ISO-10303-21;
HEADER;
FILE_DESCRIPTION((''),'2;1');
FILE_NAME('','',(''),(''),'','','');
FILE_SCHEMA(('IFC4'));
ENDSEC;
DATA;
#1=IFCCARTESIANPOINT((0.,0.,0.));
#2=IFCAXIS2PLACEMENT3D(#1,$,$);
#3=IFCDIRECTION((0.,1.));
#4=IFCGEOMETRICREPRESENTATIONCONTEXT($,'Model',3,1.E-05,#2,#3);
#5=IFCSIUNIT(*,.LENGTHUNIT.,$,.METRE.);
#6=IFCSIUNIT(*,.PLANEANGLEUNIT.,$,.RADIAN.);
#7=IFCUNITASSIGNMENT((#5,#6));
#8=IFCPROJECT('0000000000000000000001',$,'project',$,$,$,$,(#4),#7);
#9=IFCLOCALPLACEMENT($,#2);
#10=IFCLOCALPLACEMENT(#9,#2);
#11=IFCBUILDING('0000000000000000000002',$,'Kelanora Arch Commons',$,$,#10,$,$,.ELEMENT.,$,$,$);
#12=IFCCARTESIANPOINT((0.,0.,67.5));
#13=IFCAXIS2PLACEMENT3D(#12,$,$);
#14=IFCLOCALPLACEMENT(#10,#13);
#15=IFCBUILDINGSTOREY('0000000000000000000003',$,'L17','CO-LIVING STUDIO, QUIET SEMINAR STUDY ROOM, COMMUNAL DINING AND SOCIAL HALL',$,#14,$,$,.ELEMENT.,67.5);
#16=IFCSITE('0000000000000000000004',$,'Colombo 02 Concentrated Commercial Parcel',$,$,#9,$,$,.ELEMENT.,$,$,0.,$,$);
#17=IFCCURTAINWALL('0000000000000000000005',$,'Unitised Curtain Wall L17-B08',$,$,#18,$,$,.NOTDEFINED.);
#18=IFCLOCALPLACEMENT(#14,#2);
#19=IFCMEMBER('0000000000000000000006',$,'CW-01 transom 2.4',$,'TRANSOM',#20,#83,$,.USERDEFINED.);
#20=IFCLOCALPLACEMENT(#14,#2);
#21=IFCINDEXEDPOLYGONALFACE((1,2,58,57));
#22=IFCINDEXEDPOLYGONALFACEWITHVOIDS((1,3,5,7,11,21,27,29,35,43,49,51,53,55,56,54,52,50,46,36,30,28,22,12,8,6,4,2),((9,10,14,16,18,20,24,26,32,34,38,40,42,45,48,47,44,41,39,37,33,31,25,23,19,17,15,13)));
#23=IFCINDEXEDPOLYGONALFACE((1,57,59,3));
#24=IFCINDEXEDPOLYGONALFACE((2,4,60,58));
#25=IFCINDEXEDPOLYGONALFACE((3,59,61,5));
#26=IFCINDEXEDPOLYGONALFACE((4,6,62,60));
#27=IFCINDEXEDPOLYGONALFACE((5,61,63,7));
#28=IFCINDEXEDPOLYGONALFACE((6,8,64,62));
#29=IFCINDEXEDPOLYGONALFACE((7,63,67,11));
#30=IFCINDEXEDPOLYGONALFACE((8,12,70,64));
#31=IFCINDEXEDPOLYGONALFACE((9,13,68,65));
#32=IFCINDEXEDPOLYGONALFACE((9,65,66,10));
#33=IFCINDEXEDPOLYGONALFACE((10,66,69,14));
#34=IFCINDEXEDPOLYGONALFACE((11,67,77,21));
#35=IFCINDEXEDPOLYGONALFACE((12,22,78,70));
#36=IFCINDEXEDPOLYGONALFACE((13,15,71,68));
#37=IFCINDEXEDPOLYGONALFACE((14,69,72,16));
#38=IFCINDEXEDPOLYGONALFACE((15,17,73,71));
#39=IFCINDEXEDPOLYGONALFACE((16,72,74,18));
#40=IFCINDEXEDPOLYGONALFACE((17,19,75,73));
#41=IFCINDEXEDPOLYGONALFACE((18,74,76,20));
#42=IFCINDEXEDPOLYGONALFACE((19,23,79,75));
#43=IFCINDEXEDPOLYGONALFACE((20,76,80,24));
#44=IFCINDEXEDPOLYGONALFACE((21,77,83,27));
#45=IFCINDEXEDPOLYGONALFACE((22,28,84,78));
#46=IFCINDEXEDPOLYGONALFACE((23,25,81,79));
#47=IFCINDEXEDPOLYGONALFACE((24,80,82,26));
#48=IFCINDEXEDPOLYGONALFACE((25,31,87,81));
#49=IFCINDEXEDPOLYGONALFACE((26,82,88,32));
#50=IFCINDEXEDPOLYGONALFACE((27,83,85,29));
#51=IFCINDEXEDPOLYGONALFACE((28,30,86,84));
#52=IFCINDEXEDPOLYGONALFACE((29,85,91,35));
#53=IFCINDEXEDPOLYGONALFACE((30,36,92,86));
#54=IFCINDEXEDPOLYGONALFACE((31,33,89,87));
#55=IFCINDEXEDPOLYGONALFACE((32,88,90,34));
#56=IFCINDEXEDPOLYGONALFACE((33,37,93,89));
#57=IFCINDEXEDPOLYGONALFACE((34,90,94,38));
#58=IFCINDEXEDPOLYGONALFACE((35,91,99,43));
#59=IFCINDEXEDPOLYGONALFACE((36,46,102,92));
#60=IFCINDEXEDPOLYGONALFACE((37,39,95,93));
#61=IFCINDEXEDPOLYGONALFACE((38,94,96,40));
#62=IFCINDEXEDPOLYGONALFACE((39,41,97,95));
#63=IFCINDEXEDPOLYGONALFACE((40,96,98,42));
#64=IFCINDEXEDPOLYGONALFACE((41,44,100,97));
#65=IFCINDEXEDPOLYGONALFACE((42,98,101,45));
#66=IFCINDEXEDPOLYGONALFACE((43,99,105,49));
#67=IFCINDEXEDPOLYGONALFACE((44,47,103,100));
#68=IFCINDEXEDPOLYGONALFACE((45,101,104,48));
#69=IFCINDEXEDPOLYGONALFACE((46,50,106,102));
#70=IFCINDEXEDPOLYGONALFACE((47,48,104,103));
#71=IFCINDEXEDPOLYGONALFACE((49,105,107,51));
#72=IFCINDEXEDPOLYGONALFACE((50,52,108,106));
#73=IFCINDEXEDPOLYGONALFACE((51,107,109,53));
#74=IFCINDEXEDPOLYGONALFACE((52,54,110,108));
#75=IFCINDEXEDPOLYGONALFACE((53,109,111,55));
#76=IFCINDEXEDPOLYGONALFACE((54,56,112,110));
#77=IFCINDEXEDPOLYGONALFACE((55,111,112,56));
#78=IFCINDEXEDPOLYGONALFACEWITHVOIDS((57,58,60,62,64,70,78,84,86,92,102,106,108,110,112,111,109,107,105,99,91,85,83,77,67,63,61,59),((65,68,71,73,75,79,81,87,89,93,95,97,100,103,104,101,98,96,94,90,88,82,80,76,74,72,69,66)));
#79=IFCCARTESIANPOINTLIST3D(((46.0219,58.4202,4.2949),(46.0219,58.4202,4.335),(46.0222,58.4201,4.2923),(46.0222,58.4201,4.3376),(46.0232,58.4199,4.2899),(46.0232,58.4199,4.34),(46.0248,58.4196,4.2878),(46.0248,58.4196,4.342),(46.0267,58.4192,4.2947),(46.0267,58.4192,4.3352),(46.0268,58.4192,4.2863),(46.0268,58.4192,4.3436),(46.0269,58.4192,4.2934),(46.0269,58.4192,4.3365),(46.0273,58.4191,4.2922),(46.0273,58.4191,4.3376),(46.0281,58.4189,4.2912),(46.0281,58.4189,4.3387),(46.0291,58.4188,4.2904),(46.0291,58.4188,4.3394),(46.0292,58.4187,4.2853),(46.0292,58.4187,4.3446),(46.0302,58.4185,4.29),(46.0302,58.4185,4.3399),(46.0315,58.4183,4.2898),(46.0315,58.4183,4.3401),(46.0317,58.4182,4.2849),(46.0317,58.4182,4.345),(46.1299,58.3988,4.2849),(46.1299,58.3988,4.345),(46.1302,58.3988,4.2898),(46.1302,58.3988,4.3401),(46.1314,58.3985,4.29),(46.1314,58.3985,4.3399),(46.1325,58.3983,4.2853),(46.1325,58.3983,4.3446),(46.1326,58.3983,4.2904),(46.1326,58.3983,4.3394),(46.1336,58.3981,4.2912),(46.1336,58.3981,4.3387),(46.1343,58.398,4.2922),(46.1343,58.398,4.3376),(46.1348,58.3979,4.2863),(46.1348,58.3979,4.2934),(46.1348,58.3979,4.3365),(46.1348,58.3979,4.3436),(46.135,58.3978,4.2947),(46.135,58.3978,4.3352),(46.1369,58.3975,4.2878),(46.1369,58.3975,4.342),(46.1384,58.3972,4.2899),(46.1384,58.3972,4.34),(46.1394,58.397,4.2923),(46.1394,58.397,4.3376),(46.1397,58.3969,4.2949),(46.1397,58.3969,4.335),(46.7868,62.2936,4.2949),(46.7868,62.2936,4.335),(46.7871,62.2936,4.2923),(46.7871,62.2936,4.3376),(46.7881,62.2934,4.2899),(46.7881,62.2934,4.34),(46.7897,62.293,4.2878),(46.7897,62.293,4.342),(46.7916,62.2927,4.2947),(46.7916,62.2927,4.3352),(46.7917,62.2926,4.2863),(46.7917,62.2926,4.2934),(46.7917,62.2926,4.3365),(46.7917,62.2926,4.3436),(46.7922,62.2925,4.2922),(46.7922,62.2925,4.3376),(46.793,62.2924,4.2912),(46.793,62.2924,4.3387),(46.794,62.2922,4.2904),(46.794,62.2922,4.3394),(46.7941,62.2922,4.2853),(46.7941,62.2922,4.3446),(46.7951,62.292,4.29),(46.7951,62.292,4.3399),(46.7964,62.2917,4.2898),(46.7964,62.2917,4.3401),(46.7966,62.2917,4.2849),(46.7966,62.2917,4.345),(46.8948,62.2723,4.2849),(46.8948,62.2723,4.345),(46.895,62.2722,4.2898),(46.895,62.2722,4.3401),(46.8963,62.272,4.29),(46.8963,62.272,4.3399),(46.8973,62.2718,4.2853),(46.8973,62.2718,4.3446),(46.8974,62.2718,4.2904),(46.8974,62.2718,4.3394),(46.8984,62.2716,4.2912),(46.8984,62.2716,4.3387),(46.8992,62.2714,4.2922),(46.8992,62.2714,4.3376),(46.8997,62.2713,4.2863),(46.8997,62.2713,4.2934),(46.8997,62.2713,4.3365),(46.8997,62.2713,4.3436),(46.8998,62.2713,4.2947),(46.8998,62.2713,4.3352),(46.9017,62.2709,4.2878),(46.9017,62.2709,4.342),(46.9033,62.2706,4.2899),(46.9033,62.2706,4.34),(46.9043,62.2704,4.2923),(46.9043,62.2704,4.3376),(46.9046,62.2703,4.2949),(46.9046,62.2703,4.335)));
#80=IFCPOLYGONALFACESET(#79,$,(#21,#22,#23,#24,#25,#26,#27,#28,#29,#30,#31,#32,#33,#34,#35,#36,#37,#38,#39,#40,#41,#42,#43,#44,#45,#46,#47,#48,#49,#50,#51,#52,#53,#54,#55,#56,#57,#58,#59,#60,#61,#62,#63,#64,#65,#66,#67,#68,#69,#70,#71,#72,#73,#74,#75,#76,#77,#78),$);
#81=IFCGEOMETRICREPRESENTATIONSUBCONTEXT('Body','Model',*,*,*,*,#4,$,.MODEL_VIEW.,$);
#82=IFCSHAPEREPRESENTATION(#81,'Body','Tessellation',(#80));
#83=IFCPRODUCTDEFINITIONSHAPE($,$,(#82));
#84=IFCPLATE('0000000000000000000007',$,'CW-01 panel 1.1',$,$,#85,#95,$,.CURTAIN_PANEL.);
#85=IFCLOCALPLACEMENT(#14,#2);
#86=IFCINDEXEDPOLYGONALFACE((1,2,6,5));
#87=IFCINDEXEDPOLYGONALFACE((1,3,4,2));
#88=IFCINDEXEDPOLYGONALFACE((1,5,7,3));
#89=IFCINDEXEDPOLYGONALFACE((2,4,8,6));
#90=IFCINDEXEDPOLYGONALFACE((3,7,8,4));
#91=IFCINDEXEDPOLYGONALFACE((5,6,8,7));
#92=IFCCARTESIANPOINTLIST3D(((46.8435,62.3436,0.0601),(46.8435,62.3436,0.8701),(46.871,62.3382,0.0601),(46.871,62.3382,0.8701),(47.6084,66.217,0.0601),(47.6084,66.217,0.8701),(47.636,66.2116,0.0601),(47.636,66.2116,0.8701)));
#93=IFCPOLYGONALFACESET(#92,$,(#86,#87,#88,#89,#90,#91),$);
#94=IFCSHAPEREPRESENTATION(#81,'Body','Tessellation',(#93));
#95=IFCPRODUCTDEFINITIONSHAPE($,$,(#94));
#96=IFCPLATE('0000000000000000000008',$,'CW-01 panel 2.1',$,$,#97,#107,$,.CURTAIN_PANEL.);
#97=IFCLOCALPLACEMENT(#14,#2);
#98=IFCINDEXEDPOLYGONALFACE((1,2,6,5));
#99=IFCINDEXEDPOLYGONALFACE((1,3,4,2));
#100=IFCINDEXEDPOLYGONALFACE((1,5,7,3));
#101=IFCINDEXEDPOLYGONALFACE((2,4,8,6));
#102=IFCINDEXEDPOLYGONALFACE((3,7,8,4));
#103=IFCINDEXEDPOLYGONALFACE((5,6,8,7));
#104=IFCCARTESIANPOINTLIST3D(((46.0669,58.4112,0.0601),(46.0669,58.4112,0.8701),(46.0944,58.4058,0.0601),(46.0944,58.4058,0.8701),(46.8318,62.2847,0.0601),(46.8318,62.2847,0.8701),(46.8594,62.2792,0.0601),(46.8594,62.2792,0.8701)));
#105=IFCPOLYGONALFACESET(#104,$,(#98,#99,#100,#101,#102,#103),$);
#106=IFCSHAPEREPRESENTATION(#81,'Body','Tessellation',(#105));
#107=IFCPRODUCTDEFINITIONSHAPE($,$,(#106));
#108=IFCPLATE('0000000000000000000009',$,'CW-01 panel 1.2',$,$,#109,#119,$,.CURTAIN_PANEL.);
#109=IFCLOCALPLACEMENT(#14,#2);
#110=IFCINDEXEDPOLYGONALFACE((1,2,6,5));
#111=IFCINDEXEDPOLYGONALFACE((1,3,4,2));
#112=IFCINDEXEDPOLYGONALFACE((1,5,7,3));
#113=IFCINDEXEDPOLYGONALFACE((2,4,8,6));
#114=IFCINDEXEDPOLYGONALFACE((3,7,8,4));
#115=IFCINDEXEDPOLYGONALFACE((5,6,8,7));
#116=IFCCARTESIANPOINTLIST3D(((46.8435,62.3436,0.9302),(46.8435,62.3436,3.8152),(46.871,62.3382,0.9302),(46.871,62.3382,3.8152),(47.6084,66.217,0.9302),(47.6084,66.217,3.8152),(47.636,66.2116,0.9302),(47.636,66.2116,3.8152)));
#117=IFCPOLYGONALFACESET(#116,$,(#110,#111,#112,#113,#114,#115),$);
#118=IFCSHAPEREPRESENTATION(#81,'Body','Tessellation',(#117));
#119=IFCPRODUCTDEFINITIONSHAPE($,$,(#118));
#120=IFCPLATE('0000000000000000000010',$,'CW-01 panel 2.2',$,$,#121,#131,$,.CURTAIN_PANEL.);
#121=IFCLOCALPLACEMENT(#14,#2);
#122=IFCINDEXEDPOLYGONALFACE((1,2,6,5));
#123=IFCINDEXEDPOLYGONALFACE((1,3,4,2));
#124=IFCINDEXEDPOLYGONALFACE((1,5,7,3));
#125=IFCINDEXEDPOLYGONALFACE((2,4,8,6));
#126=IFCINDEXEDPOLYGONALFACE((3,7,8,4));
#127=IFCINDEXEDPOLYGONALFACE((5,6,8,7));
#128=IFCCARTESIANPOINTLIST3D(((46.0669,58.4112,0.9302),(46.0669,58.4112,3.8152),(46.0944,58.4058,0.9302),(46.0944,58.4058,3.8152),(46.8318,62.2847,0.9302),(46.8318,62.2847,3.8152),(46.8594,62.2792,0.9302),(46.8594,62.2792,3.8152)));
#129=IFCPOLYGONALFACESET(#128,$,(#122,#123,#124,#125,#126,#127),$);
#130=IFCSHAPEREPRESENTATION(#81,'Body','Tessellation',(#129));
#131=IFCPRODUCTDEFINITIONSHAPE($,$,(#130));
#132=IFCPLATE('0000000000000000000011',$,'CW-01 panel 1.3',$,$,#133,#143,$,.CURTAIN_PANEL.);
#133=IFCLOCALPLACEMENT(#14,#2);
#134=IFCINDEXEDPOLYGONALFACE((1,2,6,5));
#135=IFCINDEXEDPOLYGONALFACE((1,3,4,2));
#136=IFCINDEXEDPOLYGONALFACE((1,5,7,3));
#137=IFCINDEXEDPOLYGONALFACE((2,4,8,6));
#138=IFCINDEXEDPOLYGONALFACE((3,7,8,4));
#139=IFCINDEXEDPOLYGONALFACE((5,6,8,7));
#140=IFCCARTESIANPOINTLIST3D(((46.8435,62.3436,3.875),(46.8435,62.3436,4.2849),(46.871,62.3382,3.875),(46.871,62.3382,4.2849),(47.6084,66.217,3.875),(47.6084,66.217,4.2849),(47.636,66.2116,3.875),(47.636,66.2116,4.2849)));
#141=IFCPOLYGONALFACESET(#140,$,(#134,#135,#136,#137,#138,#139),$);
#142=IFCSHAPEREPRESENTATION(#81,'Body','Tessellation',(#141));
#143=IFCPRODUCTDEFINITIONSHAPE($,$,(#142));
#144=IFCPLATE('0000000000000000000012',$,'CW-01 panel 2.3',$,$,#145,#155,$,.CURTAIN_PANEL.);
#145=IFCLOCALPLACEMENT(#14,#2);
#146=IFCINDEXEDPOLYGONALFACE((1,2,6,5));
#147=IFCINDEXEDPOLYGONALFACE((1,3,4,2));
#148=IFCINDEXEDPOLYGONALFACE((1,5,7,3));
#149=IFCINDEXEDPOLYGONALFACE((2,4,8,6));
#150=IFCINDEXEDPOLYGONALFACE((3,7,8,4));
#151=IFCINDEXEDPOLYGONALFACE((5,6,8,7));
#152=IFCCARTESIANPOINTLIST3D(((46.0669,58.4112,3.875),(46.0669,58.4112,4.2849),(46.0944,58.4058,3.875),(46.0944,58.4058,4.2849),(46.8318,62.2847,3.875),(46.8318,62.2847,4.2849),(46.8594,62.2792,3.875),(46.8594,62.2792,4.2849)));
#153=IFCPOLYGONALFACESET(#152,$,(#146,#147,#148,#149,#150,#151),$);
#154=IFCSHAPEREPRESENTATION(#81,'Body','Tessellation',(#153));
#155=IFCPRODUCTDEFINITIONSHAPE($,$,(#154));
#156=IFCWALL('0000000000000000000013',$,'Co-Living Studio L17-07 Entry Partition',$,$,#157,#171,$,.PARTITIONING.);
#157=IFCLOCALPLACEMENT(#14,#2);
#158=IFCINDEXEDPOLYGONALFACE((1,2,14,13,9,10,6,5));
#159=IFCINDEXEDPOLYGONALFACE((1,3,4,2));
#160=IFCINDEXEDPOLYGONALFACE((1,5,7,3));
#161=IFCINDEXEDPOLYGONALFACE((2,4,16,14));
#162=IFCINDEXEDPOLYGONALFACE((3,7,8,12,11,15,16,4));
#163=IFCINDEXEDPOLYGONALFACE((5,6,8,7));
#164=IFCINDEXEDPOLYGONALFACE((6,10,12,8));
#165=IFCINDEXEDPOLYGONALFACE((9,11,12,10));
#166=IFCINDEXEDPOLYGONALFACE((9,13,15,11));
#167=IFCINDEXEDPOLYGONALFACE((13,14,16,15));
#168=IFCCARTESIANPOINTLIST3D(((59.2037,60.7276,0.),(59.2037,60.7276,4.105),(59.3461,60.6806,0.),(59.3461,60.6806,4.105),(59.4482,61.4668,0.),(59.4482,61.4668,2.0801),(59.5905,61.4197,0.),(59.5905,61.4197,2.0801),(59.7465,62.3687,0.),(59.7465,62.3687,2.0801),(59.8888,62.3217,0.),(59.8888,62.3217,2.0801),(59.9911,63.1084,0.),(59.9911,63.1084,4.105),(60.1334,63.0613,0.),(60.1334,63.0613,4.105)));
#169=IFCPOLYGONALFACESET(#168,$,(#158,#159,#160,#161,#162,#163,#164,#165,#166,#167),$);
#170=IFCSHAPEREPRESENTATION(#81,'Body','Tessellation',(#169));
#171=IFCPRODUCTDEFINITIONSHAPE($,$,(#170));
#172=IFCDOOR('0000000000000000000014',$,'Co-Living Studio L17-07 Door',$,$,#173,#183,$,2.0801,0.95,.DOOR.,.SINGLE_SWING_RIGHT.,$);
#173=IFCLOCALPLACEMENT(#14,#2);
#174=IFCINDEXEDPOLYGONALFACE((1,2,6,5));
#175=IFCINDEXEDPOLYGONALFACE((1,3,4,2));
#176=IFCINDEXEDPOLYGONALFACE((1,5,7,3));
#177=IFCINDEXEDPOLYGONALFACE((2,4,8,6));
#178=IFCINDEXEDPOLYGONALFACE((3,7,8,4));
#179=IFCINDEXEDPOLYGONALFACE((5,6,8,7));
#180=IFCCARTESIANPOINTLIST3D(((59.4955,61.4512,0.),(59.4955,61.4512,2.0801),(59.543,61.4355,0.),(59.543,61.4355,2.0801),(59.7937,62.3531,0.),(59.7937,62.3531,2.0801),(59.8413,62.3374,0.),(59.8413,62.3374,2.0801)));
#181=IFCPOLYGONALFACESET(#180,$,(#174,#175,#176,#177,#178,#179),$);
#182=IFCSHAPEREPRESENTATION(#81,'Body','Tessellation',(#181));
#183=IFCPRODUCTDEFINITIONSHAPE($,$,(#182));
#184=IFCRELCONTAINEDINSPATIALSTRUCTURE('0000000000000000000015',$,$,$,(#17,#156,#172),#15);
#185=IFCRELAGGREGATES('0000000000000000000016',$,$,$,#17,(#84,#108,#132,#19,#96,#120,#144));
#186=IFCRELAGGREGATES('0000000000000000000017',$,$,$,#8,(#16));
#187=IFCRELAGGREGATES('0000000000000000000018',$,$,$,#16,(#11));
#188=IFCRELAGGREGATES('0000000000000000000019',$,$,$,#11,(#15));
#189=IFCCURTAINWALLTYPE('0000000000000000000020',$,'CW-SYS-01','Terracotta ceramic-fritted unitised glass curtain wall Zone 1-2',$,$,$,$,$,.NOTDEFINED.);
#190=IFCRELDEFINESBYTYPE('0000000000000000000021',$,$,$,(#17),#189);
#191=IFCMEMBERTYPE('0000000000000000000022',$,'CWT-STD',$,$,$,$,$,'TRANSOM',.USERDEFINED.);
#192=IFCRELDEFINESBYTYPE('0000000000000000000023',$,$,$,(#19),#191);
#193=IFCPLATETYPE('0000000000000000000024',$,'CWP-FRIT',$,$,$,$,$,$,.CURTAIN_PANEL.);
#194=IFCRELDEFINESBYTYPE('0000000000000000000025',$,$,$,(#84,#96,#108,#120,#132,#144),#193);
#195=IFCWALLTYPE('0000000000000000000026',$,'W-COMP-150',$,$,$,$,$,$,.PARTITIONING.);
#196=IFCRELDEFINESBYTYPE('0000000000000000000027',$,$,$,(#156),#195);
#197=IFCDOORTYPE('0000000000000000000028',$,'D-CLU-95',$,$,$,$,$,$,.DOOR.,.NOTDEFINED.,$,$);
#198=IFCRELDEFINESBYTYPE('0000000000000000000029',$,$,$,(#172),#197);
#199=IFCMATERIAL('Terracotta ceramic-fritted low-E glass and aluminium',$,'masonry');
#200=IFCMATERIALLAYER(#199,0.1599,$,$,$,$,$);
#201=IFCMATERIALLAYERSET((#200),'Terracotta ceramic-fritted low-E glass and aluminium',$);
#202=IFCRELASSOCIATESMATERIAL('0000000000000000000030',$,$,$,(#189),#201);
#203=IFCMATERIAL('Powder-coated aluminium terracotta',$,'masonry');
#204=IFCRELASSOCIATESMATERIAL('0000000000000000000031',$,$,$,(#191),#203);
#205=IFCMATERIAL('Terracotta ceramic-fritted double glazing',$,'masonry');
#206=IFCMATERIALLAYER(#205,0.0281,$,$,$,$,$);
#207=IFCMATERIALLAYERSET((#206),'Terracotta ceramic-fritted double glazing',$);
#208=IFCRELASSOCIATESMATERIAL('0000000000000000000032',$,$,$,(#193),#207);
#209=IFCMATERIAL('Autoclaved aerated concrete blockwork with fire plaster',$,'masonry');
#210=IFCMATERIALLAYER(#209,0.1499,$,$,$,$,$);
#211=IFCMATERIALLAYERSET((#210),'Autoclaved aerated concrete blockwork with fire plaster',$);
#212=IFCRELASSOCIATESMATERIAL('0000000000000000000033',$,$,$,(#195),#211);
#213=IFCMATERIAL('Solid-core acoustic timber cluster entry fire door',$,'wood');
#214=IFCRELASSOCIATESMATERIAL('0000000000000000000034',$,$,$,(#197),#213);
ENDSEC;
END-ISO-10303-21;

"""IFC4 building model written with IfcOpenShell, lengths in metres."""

from ifc_helpers import new_model, si_unit, direction, frame, frame_2d, origin, origin_2d, place, context, subcontext, project, spatial, rectangle, hollow_rectangle, extrude, source, transform, mapped, material, layer, layer_set, material_profile, profile_set, type_object, element, fill, aggregate, save


model = new_model("IFC4")

# Units and contexts
model_context = context("Model", 3, precision=1e-05, world=origin(), true_north=direction((0.0, 1.0)))
body_context = subcontext(model_context, "Body", "Model", "MODEL_VIEW")
ifc_project = project(units=[si_unit("LENGTHUNIT", "METRE"), si_unit("PLANEANGLEUNIT", "RADIAN")], contexts=[model_context])

# Site, building, storey
site_placement = place(None, origin())
site = spatial("IfcSite", under=ifc_project, at=site_placement, Name="Colombo 02 Concentrated Commercial Parcel", CompositionType="ELEMENT", RefElevation=0.0)
building_placement = place(site_placement, origin())
building = spatial("IfcBuilding", under=site, at=building_placement, Name="Kelanora Arch Commons", CompositionType="ELEMENT")
storey_placement = place(building_placement, frame((0.0, 0.0, 67.5)))
storey = spatial("IfcBuildingStorey", under=building, at=storey_placement, Name="L17", Description="CO-LIVING STUDIO, QUIET SEMINAR STUDY ROOM, COMMUNAL DINING AND SOCIAL HALL", CompositionType="ELEMENT", Elevation=67.5)

# Curtain wall, member, plates
ifc_material_1 = material(Name="Terracotta ceramic-fritted low-E glass and aluminium", Category="masonry")
ifc_layer_1 = layer(ifc_material_1, 0.1599)
ifc_layer_set_1 = layer_set([ifc_layer_1], Name="Terracotta ceramic-fritted low-E glass and aluminium")
curtain_wall_type = type_object("IfcCurtainWallType", Name="CW-SYS-01", Description="Terracotta ceramic-fritted unitised glass curtain wall Zone 1-2", PredefinedType="NOTDEFINED", material=ifc_layer_set_1)
curtain_wall_placement = place(storey_placement, origin())
curtain_wall = element("IfcCurtainWall", 1, at=curtain_wall_placement, inside=storey, type_object=curtain_wall_type, Name="Unitised Curtain Wall L17-B08", PredefinedType="NOTDEFINED")
ifc_material_2 = material(Name="Powder-coated aluminium terracotta", Category="masonry")
ifc_material_profile_1 = material_profile(ifc_material_2, hollow_rectangle(XDim=0.1201, YDim=0.0601, WallThickness=0.0049, InnerFilletRadius=0.0049, OuterFilletRadius=0.01, at=origin_2d()), Name="CWT120x60")
ifc_profile_set_1 = profile_set([ifc_material_profile_1], Name="Powder-coated aluminium terracotta")
member_type_1 = type_object("IfcMemberType", Name="CWT-STD", ElementType="TRANSOM", PredefinedType="USERDEFINED", material=ifc_profile_set_1)
member_1_placement = place(storey_placement, frame((46.8457, 62.282, 4.3149), z_axis=(-0.193725, -0.981056, 0.0), x_axis=(0.981056, -0.193725, 0.0)))
member_1 = element("IfcMember", 2, at=member_1_placement, type_object=member_type_1, Name="CW-01 transom 2.4", ObjectType="TRANSOM", PredefinedType="USERDEFINED", context=body_context, shape_type="SweptSolid", body=[
    extrude(hollow_rectangle(XDim=0.1201, YDim=0.0601, WallThickness=0.0049, InnerFilletRadius=0.0049, OuterFilletRadius=0.01, at=origin_2d()), origin(), (0.0, 0.0, 1.0), 3.9482),
])
ifc_material_3 = material(Name="Terracotta ceramic-fritted double glazing", Category="masonry")
ifc_layer_2 = layer(ifc_material_3, 0.0281)
ifc_layer_set_2 = layer_set([ifc_layer_2], Name="Terracotta ceramic-fritted double glazing")
plate_type = type_object("IfcPlateType", Name="CWP-FRIT", PredefinedType="CURTAIN_PANEL", material=ifc_layer_set_2)
shared_shape_1 = source(origin(), body_context, "Body", "SweptSolid", [
    extrude(rectangle(XDim=3.9482, YDim=0.0281, at=origin_2d()), origin(), (0.0, 0.0, 1.0), 0.8101),
])
plate_1_placement = place(storey_placement, frame((47.2397, 64.2776, 0.0601), z_axis=(0.0, 0.0, 1.0), x_axis=(-0.193744, -0.981052, 0.0)))
plate_1 = element("IfcPlate", 3, at=plate_1_placement, type_object=plate_type, Name="CW-01 panel 1.1", PredefinedType="CURTAIN_PANEL", context=body_context, shape_type="MappedRepresentation", body=[
    mapped(shared_shape_1, transform((0.0, 0.0, 0.0), scale=1.0)),
])
plate_2_placement = place(storey_placement, frame((46.4631, 60.3452, 0.0601), z_axis=(0.0, 0.0, 1.0), x_axis=(-0.193744, -0.981052, 0.0)))
plate_2 = element("IfcPlate", 4, at=plate_2_placement, type_object=plate_type, Name="CW-01 panel 2.1", PredefinedType="CURTAIN_PANEL", context=body_context, shape_type="MappedRepresentation", body=[
    mapped(shared_shape_1, transform((0.0, 0.0, 0.0), scale=1.0)),
])
shared_shape_2 = source(origin(), body_context, "Body", "SweptSolid", [
    extrude(rectangle(XDim=3.9482, YDim=0.0281, at=origin_2d()), origin(), (0.0, 0.0, 1.0), 2.885),
])
plate_3_placement = place(storey_placement, frame((47.2397, 64.2776, 0.9302), z_axis=(0.0, 0.0, 1.0), x_axis=(-0.193744, -0.981052, 0.0)))
plate_3 = element("IfcPlate", 5, at=plate_3_placement, type_object=plate_type, Name="CW-01 panel 1.2", PredefinedType="CURTAIN_PANEL", context=body_context, shape_type="MappedRepresentation", body=[
    mapped(shared_shape_2, transform((0.0, 0.0, 0.0), scale=1.0)),
])
plate_4_placement = place(storey_placement, frame((46.4631, 60.3452, 0.9302), z_axis=(0.0, 0.0, 1.0), x_axis=(-0.193744, -0.981052, 0.0)))
plate_4 = element("IfcPlate", 6, at=plate_4_placement, type_object=plate_type, Name="CW-01 panel 2.2", PredefinedType="CURTAIN_PANEL", context=body_context, shape_type="MappedRepresentation", body=[
    mapped(shared_shape_2, transform((0.0, 0.0, 0.0), scale=1.0)),
])
shared_shape_3 = source(origin(), body_context, "Body", "SweptSolid", [
    extrude(rectangle(XDim=3.9482, YDim=0.0281, at=origin_2d()), origin(), (0.0, 0.0, 1.0), 0.4099),
])
plate_5_placement = place(storey_placement, frame((47.2397, 64.2776, 3.875), z_axis=(0.0, 0.0, 1.0), x_axis=(-0.193744, -0.981052, 0.0)))
plate_5 = element("IfcPlate", 7, at=plate_5_placement, type_object=plate_type, Name="CW-01 panel 1.3", PredefinedType="CURTAIN_PANEL", context=body_context, shape_type="MappedRepresentation", body=[
    mapped(shared_shape_3, transform((0.0, 0.0, 0.0), scale=1.0)),
])
plate_6_placement = place(storey_placement, frame((46.4631, 60.3452, 3.875), z_axis=(0.0, 0.0, 1.0), x_axis=(-0.193744, -0.981052, 0.0)))
plate_6 = element("IfcPlate", 8, at=plate_6_placement, type_object=plate_type, Name="CW-01 panel 2.3", PredefinedType="CURTAIN_PANEL", context=body_context, shape_type="MappedRepresentation", body=[
    mapped(shared_shape_3, transform((0.0, 0.0, 0.0), scale=1.0)),
])
aggregate(curtain_wall, [plate_1, plate_3, plate_5, member_1, plate_2, plate_4, plate_6])

# Wall, opening, door
ifc_material_4 = material(Name="Autoclaved aerated concrete blockwork with fire plaster", Category="masonry")
ifc_layer_3 = layer(ifc_material_4, 0.1499)
ifc_layer_set_3 = layer_set([ifc_layer_3], Name="Autoclaved aerated concrete blockwork with fire plaster")
wall_type_1 = type_object("IfcWallType", Name="W-COMP-150", PredefinedType="PARTITIONING", material=ifc_layer_set_3)
wall_1_placement = place(storey_placement, frame((60.0623, 63.085, 0.0), z_axis=(0.0, 0.0, 1.0), x_axis=(-0.313978, -0.94943, 0.0)))
wall_1 = element("IfcWall", 9, at=wall_1_placement, inside=storey, type_object=wall_type_1, Name="Co-Living Studio L17-07 Entry Partition", PredefinedType="PARTITIONING", context=body_context, shape_type="SweptSolid", body=[
    extrude(rectangle(XDim=2.5076, YDim=0.1499, at=frame_2d((1.2539, 0.0))), origin(), (0.0, 0.0, 1.0), 4.105),
])
opening_1_placement = place(wall_1_placement, frame((0.7791, 0.0, 0.0)))
opening_1 = element("IfcOpeningElement", 10, at=opening_1_placement, cuts=wall_1, PredefinedType="OPENING", context=body_context, shape_type="SweptSolid", body=[
    extrude(rectangle(XDim=0.95, YDim=2.0801, at=frame_2d((0.4751, 1.04))), frame((0.0, 0.085, 0.0), z_axis=(0.0, -1.0, 0.0), x_axis=(1.0, 0.0, 0.0)), (0.0, 0.0, 1.0), 0.1699),
])
ifc_material_5 = material(Name="Solid-core acoustic timber cluster entry fire door", Category="wood")
door_type_1 = type_object("IfcDoorType", Name="D-CLU-95", OperationType="NOTDEFINED", PredefinedType="DOOR", material=ifc_material_5)
door_1_placement = place(opening_1_placement, origin())
door_1 = element("IfcDoor", 11, at=door_1_placement, inside=storey, type_object=door_type_1, Name="Co-Living Studio L17-07 Door", OperationType="SINGLE_SWING_RIGHT", OverallHeight=2.0801, OverallWidth=0.95, PredefinedType="DOOR", context=body_context, shape_type="SweptSolid", body=[
    extrude(rectangle(XDim=0.95, YDim=2.0801, at=frame_2d((0.4751, 1.04))), frame((0.0, 0.0249, 0.0), z_axis=(0.0, -1.0, 0.0), x_axis=(1.0, 0.0, 0.0)), (0.0, 0.0, 1.0), 0.05),
])
fill(opening_1, door_1)

save(model, "model.ifc")
